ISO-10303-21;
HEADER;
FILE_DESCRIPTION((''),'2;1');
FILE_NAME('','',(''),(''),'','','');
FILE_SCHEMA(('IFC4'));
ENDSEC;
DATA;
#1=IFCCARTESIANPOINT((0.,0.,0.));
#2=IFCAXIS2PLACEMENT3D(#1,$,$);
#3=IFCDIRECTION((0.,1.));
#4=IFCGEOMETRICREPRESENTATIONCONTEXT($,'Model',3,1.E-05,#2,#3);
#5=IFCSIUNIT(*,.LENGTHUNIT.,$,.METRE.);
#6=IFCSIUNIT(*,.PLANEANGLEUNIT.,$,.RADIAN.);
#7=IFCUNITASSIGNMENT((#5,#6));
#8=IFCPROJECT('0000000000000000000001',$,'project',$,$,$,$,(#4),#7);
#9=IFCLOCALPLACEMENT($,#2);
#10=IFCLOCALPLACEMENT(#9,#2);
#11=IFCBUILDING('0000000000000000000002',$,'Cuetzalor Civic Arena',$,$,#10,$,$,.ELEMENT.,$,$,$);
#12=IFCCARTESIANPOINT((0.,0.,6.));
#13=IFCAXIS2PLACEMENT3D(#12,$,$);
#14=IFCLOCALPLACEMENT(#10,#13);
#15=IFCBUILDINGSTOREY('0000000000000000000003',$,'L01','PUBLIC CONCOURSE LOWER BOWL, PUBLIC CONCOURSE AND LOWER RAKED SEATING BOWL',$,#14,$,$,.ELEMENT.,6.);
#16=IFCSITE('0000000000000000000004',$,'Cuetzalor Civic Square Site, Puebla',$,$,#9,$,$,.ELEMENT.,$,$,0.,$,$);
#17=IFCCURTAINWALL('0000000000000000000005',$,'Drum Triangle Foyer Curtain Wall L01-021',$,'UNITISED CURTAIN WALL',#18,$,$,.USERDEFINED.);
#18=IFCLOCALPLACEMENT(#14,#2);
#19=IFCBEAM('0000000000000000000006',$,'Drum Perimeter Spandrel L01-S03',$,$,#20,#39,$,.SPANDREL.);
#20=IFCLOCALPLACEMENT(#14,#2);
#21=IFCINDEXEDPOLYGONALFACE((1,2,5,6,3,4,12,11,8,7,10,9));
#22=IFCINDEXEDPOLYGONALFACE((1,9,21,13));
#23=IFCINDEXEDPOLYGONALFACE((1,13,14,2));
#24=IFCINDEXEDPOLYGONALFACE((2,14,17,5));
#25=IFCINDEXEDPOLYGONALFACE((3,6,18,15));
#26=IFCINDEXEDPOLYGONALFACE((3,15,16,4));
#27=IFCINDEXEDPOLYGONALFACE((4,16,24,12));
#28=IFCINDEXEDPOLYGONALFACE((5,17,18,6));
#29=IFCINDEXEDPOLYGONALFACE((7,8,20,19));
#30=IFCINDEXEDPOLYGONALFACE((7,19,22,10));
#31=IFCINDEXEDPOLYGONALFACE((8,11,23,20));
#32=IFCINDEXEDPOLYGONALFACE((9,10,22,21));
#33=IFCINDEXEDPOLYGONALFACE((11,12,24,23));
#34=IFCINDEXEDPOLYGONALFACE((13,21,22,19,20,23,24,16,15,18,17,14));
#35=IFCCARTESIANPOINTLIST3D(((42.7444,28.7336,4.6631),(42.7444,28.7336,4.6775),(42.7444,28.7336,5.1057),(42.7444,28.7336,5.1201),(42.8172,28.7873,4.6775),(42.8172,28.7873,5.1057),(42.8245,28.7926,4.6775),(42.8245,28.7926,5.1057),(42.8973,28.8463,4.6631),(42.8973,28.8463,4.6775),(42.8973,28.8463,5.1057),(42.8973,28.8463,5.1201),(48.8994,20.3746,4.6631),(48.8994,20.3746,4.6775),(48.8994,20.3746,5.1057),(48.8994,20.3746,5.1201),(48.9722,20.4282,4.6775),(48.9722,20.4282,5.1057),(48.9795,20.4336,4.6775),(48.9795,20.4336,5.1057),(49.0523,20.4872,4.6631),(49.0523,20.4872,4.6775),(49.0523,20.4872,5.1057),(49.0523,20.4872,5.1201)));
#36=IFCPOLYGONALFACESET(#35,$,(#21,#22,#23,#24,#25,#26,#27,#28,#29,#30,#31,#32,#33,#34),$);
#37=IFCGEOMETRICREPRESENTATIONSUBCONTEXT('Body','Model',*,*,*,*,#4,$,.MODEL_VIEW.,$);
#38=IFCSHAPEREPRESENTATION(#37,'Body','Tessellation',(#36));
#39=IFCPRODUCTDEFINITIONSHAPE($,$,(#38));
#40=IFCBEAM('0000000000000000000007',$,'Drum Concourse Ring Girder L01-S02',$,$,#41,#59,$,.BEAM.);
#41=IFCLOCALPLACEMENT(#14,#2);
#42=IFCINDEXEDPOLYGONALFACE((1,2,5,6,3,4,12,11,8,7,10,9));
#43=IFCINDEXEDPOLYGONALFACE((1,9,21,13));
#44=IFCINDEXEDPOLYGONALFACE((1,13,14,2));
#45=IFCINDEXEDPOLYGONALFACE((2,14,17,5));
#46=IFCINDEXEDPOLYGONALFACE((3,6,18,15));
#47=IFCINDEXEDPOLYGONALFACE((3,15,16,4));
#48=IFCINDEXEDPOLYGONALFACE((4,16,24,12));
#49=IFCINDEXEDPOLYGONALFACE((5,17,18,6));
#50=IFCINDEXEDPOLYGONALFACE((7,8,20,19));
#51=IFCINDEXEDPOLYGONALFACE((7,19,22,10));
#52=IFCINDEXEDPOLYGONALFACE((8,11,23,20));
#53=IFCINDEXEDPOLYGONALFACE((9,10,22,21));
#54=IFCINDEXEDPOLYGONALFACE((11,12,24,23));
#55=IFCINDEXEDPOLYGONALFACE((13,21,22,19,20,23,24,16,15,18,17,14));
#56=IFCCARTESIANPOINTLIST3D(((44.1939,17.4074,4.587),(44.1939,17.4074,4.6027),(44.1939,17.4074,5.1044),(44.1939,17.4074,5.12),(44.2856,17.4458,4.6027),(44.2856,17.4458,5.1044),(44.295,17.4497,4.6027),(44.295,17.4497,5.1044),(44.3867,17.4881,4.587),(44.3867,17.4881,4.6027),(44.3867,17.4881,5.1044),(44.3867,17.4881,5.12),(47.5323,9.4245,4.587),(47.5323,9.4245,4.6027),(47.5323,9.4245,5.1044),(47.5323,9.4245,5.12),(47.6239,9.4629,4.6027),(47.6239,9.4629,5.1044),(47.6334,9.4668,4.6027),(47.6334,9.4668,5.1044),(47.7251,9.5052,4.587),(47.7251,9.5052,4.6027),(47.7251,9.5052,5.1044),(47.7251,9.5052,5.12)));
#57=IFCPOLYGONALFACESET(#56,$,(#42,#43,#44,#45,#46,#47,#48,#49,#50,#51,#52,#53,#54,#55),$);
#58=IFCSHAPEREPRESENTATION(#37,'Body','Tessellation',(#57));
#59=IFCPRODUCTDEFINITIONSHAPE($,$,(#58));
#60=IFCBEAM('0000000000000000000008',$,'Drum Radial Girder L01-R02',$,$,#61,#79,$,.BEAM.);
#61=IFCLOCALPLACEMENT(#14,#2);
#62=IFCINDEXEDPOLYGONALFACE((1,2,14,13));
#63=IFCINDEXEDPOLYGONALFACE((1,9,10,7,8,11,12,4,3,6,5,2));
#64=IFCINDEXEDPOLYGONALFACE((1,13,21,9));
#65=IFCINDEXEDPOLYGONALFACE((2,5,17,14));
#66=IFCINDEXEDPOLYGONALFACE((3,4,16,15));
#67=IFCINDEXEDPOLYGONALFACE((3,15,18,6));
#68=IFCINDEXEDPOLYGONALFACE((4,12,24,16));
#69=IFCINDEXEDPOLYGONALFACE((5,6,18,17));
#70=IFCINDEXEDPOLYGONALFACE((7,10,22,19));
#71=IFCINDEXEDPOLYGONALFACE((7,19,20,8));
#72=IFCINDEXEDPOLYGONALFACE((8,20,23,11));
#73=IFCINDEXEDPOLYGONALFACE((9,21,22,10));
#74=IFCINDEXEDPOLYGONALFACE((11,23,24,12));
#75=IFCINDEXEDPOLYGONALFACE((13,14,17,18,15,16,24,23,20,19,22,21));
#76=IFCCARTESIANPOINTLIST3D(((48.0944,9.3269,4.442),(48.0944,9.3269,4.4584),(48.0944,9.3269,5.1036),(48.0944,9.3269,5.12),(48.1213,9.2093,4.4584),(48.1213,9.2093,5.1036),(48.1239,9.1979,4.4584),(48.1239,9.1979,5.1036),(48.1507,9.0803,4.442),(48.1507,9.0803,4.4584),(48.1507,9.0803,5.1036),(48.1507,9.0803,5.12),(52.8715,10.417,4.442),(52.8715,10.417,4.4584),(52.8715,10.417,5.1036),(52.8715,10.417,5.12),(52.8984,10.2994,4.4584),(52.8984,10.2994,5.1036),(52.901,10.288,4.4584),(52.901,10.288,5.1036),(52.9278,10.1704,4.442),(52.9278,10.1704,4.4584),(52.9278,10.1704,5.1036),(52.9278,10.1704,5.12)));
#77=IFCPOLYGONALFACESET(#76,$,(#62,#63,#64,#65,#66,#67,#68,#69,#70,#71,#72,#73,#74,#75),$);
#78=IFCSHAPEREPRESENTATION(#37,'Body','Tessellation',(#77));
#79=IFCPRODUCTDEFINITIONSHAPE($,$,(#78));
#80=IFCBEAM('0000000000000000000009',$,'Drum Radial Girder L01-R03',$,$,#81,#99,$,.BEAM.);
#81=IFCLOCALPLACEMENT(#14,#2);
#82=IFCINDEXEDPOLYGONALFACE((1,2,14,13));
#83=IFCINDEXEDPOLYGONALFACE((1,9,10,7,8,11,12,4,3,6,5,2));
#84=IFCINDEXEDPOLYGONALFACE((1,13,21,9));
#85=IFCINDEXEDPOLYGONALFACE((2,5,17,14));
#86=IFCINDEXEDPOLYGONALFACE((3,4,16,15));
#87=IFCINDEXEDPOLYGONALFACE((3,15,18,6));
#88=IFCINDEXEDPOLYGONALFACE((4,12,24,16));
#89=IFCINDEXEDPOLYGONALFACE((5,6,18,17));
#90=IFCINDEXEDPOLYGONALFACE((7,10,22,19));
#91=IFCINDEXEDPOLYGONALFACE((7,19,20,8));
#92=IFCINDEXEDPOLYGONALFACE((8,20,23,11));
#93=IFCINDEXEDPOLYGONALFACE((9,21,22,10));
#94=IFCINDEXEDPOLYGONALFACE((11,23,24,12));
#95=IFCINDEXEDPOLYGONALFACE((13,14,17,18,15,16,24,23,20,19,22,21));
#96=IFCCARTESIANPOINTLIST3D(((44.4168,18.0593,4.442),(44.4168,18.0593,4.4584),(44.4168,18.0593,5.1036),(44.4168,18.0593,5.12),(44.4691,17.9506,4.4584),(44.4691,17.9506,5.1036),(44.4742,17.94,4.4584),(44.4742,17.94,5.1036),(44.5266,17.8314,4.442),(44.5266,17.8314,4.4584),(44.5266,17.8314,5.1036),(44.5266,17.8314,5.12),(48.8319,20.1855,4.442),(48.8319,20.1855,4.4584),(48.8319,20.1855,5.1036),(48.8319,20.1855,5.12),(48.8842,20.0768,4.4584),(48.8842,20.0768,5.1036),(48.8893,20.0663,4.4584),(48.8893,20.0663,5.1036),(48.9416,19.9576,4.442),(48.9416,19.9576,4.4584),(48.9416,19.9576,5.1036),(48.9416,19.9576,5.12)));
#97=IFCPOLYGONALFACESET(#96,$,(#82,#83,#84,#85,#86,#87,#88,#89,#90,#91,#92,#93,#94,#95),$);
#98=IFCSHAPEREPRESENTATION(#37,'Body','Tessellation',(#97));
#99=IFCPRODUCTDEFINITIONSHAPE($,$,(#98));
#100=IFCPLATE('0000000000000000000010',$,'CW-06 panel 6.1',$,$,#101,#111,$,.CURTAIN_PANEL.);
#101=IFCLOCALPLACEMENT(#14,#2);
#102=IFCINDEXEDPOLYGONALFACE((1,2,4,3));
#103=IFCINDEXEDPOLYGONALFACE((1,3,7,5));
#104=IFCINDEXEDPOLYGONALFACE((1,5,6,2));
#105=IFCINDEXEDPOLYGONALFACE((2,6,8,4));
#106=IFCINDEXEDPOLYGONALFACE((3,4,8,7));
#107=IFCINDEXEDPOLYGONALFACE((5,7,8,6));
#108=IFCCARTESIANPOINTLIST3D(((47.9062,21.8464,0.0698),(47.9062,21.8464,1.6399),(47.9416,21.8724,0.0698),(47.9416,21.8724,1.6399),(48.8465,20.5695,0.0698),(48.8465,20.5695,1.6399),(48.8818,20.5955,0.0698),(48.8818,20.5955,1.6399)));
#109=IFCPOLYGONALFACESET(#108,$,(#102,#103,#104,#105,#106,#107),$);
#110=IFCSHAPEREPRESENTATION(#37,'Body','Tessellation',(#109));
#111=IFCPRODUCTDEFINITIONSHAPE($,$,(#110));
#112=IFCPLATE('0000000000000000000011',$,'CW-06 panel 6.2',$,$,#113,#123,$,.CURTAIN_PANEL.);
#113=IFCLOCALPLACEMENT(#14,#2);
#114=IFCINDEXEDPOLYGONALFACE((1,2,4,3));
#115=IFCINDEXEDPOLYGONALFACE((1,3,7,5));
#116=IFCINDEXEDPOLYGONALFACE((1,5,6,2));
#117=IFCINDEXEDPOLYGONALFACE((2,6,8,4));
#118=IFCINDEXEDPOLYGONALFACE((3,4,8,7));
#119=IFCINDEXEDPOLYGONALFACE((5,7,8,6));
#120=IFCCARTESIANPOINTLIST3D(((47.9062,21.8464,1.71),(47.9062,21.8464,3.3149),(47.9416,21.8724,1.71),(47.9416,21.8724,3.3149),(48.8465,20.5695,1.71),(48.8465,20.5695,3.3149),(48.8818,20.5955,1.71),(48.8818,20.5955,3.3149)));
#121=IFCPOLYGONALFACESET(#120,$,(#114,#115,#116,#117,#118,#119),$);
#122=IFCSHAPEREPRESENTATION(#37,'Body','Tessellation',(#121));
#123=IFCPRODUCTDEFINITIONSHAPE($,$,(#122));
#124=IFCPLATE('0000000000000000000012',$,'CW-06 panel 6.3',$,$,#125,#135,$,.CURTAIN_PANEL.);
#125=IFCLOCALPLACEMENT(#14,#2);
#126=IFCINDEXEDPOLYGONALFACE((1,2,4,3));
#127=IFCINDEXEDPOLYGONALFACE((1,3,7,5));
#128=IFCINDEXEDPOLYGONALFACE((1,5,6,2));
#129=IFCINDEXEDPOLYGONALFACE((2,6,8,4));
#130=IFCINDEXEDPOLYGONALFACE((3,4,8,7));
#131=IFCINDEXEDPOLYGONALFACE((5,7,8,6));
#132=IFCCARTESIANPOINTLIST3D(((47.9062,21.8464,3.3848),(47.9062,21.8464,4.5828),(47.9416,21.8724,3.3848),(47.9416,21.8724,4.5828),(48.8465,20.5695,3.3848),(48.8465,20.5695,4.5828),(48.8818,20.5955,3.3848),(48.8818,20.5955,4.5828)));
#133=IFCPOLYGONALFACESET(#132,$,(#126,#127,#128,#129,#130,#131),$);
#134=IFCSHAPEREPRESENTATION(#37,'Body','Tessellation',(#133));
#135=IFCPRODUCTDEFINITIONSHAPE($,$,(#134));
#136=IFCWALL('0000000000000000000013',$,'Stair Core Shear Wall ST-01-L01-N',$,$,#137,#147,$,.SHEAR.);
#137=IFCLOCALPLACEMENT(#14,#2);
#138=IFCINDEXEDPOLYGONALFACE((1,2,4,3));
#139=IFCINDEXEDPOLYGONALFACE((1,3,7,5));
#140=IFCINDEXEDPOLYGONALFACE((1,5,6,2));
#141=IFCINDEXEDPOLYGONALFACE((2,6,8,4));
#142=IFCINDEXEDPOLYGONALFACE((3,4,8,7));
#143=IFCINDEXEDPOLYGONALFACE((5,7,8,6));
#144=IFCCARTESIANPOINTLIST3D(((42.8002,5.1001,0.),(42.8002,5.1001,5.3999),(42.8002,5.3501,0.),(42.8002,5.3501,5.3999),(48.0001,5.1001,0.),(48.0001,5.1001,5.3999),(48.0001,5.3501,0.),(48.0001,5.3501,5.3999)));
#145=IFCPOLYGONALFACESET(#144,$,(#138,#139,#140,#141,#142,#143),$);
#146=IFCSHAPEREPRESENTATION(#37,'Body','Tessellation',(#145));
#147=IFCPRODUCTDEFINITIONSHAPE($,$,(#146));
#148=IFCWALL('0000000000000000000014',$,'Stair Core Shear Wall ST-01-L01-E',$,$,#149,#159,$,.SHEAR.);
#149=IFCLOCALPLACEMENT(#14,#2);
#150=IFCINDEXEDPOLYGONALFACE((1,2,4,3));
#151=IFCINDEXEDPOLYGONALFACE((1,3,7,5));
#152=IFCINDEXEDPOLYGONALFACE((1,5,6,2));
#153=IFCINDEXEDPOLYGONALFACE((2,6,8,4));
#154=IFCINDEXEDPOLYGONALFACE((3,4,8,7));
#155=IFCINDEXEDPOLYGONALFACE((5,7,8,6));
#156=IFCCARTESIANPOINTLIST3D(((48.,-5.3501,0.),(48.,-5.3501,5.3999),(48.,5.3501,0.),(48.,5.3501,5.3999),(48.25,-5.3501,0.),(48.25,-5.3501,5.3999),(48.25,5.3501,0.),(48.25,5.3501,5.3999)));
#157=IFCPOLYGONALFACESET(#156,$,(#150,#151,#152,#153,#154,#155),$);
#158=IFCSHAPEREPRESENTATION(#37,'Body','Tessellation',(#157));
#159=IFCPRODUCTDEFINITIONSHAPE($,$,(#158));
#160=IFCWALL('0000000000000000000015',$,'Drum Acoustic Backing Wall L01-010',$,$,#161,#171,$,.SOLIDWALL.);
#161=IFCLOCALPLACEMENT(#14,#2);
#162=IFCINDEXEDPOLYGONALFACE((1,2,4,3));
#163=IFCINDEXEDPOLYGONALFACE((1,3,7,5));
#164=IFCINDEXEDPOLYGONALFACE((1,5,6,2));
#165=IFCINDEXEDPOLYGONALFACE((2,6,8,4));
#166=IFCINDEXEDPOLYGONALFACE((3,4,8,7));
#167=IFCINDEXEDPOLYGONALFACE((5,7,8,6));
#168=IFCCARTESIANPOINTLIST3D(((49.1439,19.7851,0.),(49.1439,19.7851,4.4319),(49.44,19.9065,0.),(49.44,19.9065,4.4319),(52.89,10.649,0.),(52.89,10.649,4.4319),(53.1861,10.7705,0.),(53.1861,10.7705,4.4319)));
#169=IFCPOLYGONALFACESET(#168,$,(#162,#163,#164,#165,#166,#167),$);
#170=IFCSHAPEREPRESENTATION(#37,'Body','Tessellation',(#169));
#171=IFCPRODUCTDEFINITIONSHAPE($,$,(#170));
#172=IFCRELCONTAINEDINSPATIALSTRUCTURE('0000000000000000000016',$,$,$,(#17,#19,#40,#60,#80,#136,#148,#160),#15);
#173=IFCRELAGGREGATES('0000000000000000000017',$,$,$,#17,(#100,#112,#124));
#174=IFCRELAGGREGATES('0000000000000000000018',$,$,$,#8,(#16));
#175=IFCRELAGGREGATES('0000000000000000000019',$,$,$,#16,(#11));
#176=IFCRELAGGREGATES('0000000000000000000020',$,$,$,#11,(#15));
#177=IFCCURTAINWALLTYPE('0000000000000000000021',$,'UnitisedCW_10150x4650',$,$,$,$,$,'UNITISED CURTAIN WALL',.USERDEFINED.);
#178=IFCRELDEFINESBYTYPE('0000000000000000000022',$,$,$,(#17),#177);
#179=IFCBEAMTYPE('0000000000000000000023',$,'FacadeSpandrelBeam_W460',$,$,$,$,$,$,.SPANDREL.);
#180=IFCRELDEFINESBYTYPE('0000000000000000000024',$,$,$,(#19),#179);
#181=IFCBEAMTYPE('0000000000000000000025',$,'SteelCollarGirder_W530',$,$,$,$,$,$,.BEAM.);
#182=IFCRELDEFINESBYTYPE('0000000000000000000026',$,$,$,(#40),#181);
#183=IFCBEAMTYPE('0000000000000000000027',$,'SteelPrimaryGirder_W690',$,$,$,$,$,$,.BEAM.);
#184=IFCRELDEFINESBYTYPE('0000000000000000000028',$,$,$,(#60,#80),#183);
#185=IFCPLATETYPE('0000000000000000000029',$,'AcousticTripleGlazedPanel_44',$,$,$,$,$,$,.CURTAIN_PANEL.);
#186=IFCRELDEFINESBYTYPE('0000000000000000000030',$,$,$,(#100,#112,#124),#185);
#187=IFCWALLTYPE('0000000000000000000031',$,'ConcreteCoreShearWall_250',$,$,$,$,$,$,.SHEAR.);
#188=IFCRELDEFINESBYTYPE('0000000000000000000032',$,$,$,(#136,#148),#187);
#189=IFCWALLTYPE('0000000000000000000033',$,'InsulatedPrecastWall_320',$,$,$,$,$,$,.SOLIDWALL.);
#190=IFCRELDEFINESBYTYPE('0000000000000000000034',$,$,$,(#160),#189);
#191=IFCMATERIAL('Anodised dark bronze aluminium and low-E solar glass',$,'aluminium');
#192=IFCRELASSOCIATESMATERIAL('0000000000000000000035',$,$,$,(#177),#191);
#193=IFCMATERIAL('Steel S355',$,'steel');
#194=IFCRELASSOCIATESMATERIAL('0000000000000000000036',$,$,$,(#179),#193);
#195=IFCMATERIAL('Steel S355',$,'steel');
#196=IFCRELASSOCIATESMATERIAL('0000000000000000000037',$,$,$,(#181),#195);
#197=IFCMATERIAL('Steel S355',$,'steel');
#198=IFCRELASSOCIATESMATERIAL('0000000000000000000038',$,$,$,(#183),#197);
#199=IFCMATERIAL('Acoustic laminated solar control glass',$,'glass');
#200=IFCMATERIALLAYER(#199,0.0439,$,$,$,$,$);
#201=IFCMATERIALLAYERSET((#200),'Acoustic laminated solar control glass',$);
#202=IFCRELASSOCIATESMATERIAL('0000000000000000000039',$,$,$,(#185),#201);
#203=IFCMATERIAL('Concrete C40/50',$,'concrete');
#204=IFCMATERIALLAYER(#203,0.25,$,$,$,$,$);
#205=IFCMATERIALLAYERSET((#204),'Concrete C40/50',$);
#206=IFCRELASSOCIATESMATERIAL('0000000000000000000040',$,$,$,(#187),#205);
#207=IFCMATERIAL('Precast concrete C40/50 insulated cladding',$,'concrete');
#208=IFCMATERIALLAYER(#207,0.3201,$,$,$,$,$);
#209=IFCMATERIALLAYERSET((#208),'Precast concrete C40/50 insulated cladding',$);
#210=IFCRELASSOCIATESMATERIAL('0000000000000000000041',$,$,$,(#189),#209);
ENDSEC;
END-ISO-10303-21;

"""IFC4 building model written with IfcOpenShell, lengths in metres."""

from ifc_helpers import new_model, si_unit, direction, frame, frame_2d, origin, origin_2d, place, context, subcontext, project, spatial, rectangle, i_section, extrude, material, layer, layer_set, material_profile, profile_set, type_object, element, aggregate, save


model = new_model("IFC4")

# Units and contexts
model_context = context("Model", 3, precision=1e-05, world=origin(), true_north=direction((0.0, 1.0)))
body_context = subcontext(model_context, "Body", "Model", "MODEL_VIEW")
ifc_project = project(units=[si_unit("LENGTHUNIT", "METRE"), si_unit("PLANEANGLEUNIT", "RADIAN")], contexts=[model_context])

# Site, building, storey
site_placement = place(None, origin())
site = spatial("IfcSite", under=ifc_project, at=site_placement, Name="Cuetzalor Civic Square Site, Puebla", CompositionType="ELEMENT", RefElevation=0.0)
building_placement = place(site_placement, origin())
building = spatial("IfcBuilding", under=site, at=building_placement, Name="Cuetzalor Civic Arena", CompositionType="ELEMENT")
storey_placement = place(building_placement, frame((0.0, 0.0, 6.0)))
storey = spatial("IfcBuildingStorey", under=building, at=storey_placement, Name="L01", Description="PUBLIC CONCOURSE LOWER BOWL, PUBLIC CONCOURSE AND LOWER RAKED SEATING BOWL", CompositionType="ELEMENT", Elevation=6.0)

# Curtain wall
ifc_material_1 = material(Name="Anodised dark bronze aluminium and low-E solar glass", Category="aluminium")
curtain_wall_type = type_object("IfcCurtainWallType", Name="UnitisedCW_10150x4650", ElementType="UNITISED CURTAIN WALL", PredefinedType="USERDEFINED", material=ifc_material_1)
curtain_wall_placement = place(storey_placement, origin())
curtain_wall = element("IfcCurtainWall", 1, at=curtain_wall_placement, inside=storey, type_object=curtain_wall_type, Name="Drum Triangle Foyer Curtain Wall L01-021", ObjectType="UNITISED CURTAIN WALL", PredefinedType="USERDEFINED")

# Beams
ifc_material_2 = material(Name="Steel S355", Category="steel")
ifc_material_profile_1 = material_profile(ifc_material_2, i_section(OverallWidth=0.1899, OverallDepth=0.457, WebThickness=0.009, FlangeThickness=0.0144, at=origin_2d()), Name="W460x74")
ifc_profile_set_1 = profile_set([ifc_material_profile_1], Name="Steel S355")
beam_type_1 = type_object("IfcBeamType", Name="FacadeSpandrelBeam_W460", PredefinedType="SPANDREL", material=ifc_profile_set_1)
beam_1_placement = place(storey_placement, frame((48.9758, 20.4309, 4.8916), z_axis=(-0.592929, 0.805255, 0.0), x_axis=(-0.805255, -0.592929, 0.0)))
element("IfcBeam", 2, at=beam_1_placement, inside=storey, type_object=beam_type_1, Name="Drum Perimeter Spandrel L01-S03", PredefinedType="SPANDREL", context=body_context, shape_type="SweptSolid", body=[
    extrude(i_section(OverallWidth=0.1899, OverallDepth=0.457, WebThickness=0.009, FlangeThickness=0.0144, at=origin_2d()), origin(), (0.0, 0.0, 1.0), 10.3806),
])
ifc_material_3 = material(Name="Steel S355", Category="steel")
ifc_material_profile_2 = material_profile(ifc_material_3, i_section(OverallWidth=0.209, OverallDepth=0.533, WebThickness=0.0103, FlangeThickness=0.0156, at=origin_2d()), Name="W530x92")
ifc_profile_set_2 = profile_set([ifc_material_profile_2], Name="Steel S355")
beam_type_2 = type_object("IfcBeamType", Name="SteelCollarGirder_W530", PredefinedType="BEAM", material=ifc_profile_set_2)
beam_2_placement = place(storey_placement, frame((47.6287, 9.4648, 4.8535), z_axis=(-0.385813, 0.922577, 0.0), x_axis=(-0.922577, -0.385813, 0.0)))
element("IfcBeam", 3, at=beam_2_placement, inside=storey, type_object=beam_type_2, Name="Drum Concourse Ring Girder L01-S02", PredefinedType="BEAM", context=body_context, shape_type="SweptSolid", body=[
    extrude(i_section(OverallWidth=0.209, OverallDepth=0.533, WebThickness=0.0103, FlangeThickness=0.0156, at=origin_2d()), origin(), (0.0, 0.0, 1.0), 8.6528),
])
ifc_material_4 = material(Name="Steel S355", Category="steel")
ifc_material_profile_3 = material_profile(ifc_material_4, i_section(OverallWidth=0.2529, OverallDepth=0.678, WebThickness=0.0117, FlangeThickness=0.0164, at=origin_2d()), Name="W690x125")
ifc_profile_set_3 = profile_set([ifc_material_profile_3], Name="Steel S355")
beam_type_3 = type_object("IfcBeamType", Name="SteelPrimaryGirder_W690", PredefinedType="BEAM", material=ifc_profile_set_3)
beam_3_placement = place(storey_placement, frame((48.1226, 9.2036, 4.781), z_axis=(0.974939, 0.222472, 0.0), x_axis=(-0.222472, 0.974939, 0.0)))
element("IfcBeam", 4, at=beam_3_placement, inside=storey, type_object=beam_type_3, Name="Drum Radial Girder L01-R02", PredefinedType="BEAM", context=body_context, shape_type="SweptSolid", body=[
    extrude(i_section(OverallWidth=0.2529, OverallDepth=0.678, WebThickness=0.0117, FlangeThickness=0.0164, at=origin_2d()), origin(), (0.0, 0.0, 1.0), 4.8999),
])
beam_4_placement = place(storey_placement, frame((44.4717, 17.9453, 4.781), z_axis=(0.900965, 0.433892, 0.0), x_axis=(-0.433892, 0.900965, 0.0)))
element("IfcBeam", 5, at=beam_4_placement, inside=storey, type_object=beam_type_3, Name="Drum Radial Girder L01-R03", PredefinedType="BEAM", context=body_context, shape_type="SweptSolid", body=[
    extrude(i_section(OverallWidth=0.2529, OverallDepth=0.678, WebThickness=0.0117, FlangeThickness=0.0164, at=origin_2d()), origin(), (0.0, 0.0, 1.0), 4.9004),
])

# Plates
ifc_material_5 = material(Name="Acoustic laminated solar control glass", Category="glass")
ifc_layer_1 = layer(ifc_material_5, 0.0439)
ifc_layer_set_1 = layer_set([ifc_layer_1], Name="Acoustic laminated solar control glass")
plate_type = type_object("IfcPlateType", Name="AcousticTripleGlazedPanel_44", PredefinedType="CURTAIN_PANEL", material=ifc_layer_set_1)
plate_1_placement = place(storey_placement, frame((48.394, 21.2209, 0.0698), z_axis=(0.0, 0.0, 1.0), x_axis=(0.592929, -0.805255, 0.0)))
plate_1 = element("IfcPlate", 6, at=plate_1_placement, type_object=plate_type, Name="CW-06 panel 6.1", PredefinedType="CURTAIN_PANEL", context=body_context, shape_type="SweptSolid", body=[
    extrude(rectangle(XDim=1.5857, YDim=0.0439, at=origin_2d()), origin(), (0.0, 0.0, 1.0), 1.5701),
])
plate_2_placement = place(storey_placement, frame((48.394, 21.2209, 1.71), z_axis=(0.0, 0.0, 1.0), x_axis=(0.592929, -0.805255, 0.0)))
plate_2 = element("IfcPlate", 7, at=plate_2_placement, type_object=plate_type, Name="CW-06 panel 6.2", PredefinedType="CURTAIN_PANEL", context=body_context, shape_type="SweptSolid", body=[
    extrude(rectangle(XDim=1.5857, YDim=0.0439, at=origin_2d()), origin(), (0.0, 0.0, 1.0), 1.605),
])
plate_3_placement = place(storey_placement, frame((48.394, 21.2209, 3.3848), z_axis=(0.0, 0.0, 1.0), x_axis=(0.592929, -0.805255, 0.0)))
plate_3 = element("IfcPlate", 8, at=plate_3_placement, type_object=plate_type, Name="CW-06 panel 6.3", PredefinedType="CURTAIN_PANEL", context=body_context, shape_type="SweptSolid", body=[
    extrude(rectangle(XDim=1.5857, YDim=0.0439, at=origin_2d()), origin(), (0.0, 0.0, 1.0), 1.198),
])
aggregate(curtain_wall, [plate_1, plate_2, plate_3])

# Walls
ifc_material_6 = material(Name="Concrete C40/50", Category="concrete")
ifc_layer_2 = layer(ifc_material_6, 0.25)
ifc_layer_set_2 = layer_set([ifc_layer_2], Name="Concrete C40/50")
wall_type_1 = type_object("IfcWallType", Name="ConcreteCoreShearWall_250", PredefinedType="SHEAR", material=ifc_layer_set_2)
wall_1_placement = place(storey_placement, frame((42.8, 5.2251, 0.0), z_axis=(0.0, 0.0, 1.0), x_axis=(1.0, 0.0, 0.0)))
element("IfcWall", 9, at=wall_1_placement, inside=storey, type_object=wall_type_1, Name="Stair Core Shear Wall ST-01-L01-N", PredefinedType="SHEAR", context=body_context, shape_type="SweptSolid", body=[
    extrude(rectangle(XDim=5.2, YDim=0.25, at=frame_2d((2.6001, 0.0))), origin(), (0.0, 0.0, 1.0), 5.3999),
])
wall_2_placement = place(storey_placement, frame((48.125, 5.3501, 0.0), z_axis=(0.0, 0.0, 1.0), x_axis=(0.0, -1.0, 0.0)))
element("IfcWall", 10, at=wall_2_placement, inside=storey, type_object=wall_type_1, Name="Stair Core Shear Wall ST-01-L01-E", PredefinedType="SHEAR", context=body_context, shape_type="SweptSolid", body=[
    extrude(rectangle(XDim=10.7002, YDim=0.25, at=frame_2d((5.3501, 0.0))), origin(), (0.0, 0.0, 1.0), 5.3999),
])

# Shared definitions
ifc_material_7 = material(Name="Precast concrete C40/50 insulated cladding", Category="concrete")
ifc_layer_3 = layer(ifc_material_7, 0.3201)
ifc_layer_set_3 = layer_set([ifc_layer_3], Name="Precast concrete C40/50 insulated cladding")
wall_type_2 = type_object("IfcWallType", Name="InsulatedPrecastWall_320", PredefinedType="SOLIDWALL", material=ifc_layer_set_3)

# Wall
wall_3_placement = place(storey_placement, frame((49.292, 19.8457, 0.0), z_axis=(0.0, 0.0, 1.0), x_axis=(0.379383, -0.92524, 0.0)))
element("IfcWall", 11, at=wall_3_placement, inside=storey, type_object=wall_type_2, Name="Drum Acoustic Backing Wall L01-010", PredefinedType="SOLIDWALL", context=body_context, shape_type="SweptSolid", body=[
    extrude(rectangle(XDim=9.8743, YDim=0.3201, at=frame_2d((4.937, 0.0))), origin(), (0.0, 0.0, 1.0), 4.4319),
])

save(model, "model.ifc")
